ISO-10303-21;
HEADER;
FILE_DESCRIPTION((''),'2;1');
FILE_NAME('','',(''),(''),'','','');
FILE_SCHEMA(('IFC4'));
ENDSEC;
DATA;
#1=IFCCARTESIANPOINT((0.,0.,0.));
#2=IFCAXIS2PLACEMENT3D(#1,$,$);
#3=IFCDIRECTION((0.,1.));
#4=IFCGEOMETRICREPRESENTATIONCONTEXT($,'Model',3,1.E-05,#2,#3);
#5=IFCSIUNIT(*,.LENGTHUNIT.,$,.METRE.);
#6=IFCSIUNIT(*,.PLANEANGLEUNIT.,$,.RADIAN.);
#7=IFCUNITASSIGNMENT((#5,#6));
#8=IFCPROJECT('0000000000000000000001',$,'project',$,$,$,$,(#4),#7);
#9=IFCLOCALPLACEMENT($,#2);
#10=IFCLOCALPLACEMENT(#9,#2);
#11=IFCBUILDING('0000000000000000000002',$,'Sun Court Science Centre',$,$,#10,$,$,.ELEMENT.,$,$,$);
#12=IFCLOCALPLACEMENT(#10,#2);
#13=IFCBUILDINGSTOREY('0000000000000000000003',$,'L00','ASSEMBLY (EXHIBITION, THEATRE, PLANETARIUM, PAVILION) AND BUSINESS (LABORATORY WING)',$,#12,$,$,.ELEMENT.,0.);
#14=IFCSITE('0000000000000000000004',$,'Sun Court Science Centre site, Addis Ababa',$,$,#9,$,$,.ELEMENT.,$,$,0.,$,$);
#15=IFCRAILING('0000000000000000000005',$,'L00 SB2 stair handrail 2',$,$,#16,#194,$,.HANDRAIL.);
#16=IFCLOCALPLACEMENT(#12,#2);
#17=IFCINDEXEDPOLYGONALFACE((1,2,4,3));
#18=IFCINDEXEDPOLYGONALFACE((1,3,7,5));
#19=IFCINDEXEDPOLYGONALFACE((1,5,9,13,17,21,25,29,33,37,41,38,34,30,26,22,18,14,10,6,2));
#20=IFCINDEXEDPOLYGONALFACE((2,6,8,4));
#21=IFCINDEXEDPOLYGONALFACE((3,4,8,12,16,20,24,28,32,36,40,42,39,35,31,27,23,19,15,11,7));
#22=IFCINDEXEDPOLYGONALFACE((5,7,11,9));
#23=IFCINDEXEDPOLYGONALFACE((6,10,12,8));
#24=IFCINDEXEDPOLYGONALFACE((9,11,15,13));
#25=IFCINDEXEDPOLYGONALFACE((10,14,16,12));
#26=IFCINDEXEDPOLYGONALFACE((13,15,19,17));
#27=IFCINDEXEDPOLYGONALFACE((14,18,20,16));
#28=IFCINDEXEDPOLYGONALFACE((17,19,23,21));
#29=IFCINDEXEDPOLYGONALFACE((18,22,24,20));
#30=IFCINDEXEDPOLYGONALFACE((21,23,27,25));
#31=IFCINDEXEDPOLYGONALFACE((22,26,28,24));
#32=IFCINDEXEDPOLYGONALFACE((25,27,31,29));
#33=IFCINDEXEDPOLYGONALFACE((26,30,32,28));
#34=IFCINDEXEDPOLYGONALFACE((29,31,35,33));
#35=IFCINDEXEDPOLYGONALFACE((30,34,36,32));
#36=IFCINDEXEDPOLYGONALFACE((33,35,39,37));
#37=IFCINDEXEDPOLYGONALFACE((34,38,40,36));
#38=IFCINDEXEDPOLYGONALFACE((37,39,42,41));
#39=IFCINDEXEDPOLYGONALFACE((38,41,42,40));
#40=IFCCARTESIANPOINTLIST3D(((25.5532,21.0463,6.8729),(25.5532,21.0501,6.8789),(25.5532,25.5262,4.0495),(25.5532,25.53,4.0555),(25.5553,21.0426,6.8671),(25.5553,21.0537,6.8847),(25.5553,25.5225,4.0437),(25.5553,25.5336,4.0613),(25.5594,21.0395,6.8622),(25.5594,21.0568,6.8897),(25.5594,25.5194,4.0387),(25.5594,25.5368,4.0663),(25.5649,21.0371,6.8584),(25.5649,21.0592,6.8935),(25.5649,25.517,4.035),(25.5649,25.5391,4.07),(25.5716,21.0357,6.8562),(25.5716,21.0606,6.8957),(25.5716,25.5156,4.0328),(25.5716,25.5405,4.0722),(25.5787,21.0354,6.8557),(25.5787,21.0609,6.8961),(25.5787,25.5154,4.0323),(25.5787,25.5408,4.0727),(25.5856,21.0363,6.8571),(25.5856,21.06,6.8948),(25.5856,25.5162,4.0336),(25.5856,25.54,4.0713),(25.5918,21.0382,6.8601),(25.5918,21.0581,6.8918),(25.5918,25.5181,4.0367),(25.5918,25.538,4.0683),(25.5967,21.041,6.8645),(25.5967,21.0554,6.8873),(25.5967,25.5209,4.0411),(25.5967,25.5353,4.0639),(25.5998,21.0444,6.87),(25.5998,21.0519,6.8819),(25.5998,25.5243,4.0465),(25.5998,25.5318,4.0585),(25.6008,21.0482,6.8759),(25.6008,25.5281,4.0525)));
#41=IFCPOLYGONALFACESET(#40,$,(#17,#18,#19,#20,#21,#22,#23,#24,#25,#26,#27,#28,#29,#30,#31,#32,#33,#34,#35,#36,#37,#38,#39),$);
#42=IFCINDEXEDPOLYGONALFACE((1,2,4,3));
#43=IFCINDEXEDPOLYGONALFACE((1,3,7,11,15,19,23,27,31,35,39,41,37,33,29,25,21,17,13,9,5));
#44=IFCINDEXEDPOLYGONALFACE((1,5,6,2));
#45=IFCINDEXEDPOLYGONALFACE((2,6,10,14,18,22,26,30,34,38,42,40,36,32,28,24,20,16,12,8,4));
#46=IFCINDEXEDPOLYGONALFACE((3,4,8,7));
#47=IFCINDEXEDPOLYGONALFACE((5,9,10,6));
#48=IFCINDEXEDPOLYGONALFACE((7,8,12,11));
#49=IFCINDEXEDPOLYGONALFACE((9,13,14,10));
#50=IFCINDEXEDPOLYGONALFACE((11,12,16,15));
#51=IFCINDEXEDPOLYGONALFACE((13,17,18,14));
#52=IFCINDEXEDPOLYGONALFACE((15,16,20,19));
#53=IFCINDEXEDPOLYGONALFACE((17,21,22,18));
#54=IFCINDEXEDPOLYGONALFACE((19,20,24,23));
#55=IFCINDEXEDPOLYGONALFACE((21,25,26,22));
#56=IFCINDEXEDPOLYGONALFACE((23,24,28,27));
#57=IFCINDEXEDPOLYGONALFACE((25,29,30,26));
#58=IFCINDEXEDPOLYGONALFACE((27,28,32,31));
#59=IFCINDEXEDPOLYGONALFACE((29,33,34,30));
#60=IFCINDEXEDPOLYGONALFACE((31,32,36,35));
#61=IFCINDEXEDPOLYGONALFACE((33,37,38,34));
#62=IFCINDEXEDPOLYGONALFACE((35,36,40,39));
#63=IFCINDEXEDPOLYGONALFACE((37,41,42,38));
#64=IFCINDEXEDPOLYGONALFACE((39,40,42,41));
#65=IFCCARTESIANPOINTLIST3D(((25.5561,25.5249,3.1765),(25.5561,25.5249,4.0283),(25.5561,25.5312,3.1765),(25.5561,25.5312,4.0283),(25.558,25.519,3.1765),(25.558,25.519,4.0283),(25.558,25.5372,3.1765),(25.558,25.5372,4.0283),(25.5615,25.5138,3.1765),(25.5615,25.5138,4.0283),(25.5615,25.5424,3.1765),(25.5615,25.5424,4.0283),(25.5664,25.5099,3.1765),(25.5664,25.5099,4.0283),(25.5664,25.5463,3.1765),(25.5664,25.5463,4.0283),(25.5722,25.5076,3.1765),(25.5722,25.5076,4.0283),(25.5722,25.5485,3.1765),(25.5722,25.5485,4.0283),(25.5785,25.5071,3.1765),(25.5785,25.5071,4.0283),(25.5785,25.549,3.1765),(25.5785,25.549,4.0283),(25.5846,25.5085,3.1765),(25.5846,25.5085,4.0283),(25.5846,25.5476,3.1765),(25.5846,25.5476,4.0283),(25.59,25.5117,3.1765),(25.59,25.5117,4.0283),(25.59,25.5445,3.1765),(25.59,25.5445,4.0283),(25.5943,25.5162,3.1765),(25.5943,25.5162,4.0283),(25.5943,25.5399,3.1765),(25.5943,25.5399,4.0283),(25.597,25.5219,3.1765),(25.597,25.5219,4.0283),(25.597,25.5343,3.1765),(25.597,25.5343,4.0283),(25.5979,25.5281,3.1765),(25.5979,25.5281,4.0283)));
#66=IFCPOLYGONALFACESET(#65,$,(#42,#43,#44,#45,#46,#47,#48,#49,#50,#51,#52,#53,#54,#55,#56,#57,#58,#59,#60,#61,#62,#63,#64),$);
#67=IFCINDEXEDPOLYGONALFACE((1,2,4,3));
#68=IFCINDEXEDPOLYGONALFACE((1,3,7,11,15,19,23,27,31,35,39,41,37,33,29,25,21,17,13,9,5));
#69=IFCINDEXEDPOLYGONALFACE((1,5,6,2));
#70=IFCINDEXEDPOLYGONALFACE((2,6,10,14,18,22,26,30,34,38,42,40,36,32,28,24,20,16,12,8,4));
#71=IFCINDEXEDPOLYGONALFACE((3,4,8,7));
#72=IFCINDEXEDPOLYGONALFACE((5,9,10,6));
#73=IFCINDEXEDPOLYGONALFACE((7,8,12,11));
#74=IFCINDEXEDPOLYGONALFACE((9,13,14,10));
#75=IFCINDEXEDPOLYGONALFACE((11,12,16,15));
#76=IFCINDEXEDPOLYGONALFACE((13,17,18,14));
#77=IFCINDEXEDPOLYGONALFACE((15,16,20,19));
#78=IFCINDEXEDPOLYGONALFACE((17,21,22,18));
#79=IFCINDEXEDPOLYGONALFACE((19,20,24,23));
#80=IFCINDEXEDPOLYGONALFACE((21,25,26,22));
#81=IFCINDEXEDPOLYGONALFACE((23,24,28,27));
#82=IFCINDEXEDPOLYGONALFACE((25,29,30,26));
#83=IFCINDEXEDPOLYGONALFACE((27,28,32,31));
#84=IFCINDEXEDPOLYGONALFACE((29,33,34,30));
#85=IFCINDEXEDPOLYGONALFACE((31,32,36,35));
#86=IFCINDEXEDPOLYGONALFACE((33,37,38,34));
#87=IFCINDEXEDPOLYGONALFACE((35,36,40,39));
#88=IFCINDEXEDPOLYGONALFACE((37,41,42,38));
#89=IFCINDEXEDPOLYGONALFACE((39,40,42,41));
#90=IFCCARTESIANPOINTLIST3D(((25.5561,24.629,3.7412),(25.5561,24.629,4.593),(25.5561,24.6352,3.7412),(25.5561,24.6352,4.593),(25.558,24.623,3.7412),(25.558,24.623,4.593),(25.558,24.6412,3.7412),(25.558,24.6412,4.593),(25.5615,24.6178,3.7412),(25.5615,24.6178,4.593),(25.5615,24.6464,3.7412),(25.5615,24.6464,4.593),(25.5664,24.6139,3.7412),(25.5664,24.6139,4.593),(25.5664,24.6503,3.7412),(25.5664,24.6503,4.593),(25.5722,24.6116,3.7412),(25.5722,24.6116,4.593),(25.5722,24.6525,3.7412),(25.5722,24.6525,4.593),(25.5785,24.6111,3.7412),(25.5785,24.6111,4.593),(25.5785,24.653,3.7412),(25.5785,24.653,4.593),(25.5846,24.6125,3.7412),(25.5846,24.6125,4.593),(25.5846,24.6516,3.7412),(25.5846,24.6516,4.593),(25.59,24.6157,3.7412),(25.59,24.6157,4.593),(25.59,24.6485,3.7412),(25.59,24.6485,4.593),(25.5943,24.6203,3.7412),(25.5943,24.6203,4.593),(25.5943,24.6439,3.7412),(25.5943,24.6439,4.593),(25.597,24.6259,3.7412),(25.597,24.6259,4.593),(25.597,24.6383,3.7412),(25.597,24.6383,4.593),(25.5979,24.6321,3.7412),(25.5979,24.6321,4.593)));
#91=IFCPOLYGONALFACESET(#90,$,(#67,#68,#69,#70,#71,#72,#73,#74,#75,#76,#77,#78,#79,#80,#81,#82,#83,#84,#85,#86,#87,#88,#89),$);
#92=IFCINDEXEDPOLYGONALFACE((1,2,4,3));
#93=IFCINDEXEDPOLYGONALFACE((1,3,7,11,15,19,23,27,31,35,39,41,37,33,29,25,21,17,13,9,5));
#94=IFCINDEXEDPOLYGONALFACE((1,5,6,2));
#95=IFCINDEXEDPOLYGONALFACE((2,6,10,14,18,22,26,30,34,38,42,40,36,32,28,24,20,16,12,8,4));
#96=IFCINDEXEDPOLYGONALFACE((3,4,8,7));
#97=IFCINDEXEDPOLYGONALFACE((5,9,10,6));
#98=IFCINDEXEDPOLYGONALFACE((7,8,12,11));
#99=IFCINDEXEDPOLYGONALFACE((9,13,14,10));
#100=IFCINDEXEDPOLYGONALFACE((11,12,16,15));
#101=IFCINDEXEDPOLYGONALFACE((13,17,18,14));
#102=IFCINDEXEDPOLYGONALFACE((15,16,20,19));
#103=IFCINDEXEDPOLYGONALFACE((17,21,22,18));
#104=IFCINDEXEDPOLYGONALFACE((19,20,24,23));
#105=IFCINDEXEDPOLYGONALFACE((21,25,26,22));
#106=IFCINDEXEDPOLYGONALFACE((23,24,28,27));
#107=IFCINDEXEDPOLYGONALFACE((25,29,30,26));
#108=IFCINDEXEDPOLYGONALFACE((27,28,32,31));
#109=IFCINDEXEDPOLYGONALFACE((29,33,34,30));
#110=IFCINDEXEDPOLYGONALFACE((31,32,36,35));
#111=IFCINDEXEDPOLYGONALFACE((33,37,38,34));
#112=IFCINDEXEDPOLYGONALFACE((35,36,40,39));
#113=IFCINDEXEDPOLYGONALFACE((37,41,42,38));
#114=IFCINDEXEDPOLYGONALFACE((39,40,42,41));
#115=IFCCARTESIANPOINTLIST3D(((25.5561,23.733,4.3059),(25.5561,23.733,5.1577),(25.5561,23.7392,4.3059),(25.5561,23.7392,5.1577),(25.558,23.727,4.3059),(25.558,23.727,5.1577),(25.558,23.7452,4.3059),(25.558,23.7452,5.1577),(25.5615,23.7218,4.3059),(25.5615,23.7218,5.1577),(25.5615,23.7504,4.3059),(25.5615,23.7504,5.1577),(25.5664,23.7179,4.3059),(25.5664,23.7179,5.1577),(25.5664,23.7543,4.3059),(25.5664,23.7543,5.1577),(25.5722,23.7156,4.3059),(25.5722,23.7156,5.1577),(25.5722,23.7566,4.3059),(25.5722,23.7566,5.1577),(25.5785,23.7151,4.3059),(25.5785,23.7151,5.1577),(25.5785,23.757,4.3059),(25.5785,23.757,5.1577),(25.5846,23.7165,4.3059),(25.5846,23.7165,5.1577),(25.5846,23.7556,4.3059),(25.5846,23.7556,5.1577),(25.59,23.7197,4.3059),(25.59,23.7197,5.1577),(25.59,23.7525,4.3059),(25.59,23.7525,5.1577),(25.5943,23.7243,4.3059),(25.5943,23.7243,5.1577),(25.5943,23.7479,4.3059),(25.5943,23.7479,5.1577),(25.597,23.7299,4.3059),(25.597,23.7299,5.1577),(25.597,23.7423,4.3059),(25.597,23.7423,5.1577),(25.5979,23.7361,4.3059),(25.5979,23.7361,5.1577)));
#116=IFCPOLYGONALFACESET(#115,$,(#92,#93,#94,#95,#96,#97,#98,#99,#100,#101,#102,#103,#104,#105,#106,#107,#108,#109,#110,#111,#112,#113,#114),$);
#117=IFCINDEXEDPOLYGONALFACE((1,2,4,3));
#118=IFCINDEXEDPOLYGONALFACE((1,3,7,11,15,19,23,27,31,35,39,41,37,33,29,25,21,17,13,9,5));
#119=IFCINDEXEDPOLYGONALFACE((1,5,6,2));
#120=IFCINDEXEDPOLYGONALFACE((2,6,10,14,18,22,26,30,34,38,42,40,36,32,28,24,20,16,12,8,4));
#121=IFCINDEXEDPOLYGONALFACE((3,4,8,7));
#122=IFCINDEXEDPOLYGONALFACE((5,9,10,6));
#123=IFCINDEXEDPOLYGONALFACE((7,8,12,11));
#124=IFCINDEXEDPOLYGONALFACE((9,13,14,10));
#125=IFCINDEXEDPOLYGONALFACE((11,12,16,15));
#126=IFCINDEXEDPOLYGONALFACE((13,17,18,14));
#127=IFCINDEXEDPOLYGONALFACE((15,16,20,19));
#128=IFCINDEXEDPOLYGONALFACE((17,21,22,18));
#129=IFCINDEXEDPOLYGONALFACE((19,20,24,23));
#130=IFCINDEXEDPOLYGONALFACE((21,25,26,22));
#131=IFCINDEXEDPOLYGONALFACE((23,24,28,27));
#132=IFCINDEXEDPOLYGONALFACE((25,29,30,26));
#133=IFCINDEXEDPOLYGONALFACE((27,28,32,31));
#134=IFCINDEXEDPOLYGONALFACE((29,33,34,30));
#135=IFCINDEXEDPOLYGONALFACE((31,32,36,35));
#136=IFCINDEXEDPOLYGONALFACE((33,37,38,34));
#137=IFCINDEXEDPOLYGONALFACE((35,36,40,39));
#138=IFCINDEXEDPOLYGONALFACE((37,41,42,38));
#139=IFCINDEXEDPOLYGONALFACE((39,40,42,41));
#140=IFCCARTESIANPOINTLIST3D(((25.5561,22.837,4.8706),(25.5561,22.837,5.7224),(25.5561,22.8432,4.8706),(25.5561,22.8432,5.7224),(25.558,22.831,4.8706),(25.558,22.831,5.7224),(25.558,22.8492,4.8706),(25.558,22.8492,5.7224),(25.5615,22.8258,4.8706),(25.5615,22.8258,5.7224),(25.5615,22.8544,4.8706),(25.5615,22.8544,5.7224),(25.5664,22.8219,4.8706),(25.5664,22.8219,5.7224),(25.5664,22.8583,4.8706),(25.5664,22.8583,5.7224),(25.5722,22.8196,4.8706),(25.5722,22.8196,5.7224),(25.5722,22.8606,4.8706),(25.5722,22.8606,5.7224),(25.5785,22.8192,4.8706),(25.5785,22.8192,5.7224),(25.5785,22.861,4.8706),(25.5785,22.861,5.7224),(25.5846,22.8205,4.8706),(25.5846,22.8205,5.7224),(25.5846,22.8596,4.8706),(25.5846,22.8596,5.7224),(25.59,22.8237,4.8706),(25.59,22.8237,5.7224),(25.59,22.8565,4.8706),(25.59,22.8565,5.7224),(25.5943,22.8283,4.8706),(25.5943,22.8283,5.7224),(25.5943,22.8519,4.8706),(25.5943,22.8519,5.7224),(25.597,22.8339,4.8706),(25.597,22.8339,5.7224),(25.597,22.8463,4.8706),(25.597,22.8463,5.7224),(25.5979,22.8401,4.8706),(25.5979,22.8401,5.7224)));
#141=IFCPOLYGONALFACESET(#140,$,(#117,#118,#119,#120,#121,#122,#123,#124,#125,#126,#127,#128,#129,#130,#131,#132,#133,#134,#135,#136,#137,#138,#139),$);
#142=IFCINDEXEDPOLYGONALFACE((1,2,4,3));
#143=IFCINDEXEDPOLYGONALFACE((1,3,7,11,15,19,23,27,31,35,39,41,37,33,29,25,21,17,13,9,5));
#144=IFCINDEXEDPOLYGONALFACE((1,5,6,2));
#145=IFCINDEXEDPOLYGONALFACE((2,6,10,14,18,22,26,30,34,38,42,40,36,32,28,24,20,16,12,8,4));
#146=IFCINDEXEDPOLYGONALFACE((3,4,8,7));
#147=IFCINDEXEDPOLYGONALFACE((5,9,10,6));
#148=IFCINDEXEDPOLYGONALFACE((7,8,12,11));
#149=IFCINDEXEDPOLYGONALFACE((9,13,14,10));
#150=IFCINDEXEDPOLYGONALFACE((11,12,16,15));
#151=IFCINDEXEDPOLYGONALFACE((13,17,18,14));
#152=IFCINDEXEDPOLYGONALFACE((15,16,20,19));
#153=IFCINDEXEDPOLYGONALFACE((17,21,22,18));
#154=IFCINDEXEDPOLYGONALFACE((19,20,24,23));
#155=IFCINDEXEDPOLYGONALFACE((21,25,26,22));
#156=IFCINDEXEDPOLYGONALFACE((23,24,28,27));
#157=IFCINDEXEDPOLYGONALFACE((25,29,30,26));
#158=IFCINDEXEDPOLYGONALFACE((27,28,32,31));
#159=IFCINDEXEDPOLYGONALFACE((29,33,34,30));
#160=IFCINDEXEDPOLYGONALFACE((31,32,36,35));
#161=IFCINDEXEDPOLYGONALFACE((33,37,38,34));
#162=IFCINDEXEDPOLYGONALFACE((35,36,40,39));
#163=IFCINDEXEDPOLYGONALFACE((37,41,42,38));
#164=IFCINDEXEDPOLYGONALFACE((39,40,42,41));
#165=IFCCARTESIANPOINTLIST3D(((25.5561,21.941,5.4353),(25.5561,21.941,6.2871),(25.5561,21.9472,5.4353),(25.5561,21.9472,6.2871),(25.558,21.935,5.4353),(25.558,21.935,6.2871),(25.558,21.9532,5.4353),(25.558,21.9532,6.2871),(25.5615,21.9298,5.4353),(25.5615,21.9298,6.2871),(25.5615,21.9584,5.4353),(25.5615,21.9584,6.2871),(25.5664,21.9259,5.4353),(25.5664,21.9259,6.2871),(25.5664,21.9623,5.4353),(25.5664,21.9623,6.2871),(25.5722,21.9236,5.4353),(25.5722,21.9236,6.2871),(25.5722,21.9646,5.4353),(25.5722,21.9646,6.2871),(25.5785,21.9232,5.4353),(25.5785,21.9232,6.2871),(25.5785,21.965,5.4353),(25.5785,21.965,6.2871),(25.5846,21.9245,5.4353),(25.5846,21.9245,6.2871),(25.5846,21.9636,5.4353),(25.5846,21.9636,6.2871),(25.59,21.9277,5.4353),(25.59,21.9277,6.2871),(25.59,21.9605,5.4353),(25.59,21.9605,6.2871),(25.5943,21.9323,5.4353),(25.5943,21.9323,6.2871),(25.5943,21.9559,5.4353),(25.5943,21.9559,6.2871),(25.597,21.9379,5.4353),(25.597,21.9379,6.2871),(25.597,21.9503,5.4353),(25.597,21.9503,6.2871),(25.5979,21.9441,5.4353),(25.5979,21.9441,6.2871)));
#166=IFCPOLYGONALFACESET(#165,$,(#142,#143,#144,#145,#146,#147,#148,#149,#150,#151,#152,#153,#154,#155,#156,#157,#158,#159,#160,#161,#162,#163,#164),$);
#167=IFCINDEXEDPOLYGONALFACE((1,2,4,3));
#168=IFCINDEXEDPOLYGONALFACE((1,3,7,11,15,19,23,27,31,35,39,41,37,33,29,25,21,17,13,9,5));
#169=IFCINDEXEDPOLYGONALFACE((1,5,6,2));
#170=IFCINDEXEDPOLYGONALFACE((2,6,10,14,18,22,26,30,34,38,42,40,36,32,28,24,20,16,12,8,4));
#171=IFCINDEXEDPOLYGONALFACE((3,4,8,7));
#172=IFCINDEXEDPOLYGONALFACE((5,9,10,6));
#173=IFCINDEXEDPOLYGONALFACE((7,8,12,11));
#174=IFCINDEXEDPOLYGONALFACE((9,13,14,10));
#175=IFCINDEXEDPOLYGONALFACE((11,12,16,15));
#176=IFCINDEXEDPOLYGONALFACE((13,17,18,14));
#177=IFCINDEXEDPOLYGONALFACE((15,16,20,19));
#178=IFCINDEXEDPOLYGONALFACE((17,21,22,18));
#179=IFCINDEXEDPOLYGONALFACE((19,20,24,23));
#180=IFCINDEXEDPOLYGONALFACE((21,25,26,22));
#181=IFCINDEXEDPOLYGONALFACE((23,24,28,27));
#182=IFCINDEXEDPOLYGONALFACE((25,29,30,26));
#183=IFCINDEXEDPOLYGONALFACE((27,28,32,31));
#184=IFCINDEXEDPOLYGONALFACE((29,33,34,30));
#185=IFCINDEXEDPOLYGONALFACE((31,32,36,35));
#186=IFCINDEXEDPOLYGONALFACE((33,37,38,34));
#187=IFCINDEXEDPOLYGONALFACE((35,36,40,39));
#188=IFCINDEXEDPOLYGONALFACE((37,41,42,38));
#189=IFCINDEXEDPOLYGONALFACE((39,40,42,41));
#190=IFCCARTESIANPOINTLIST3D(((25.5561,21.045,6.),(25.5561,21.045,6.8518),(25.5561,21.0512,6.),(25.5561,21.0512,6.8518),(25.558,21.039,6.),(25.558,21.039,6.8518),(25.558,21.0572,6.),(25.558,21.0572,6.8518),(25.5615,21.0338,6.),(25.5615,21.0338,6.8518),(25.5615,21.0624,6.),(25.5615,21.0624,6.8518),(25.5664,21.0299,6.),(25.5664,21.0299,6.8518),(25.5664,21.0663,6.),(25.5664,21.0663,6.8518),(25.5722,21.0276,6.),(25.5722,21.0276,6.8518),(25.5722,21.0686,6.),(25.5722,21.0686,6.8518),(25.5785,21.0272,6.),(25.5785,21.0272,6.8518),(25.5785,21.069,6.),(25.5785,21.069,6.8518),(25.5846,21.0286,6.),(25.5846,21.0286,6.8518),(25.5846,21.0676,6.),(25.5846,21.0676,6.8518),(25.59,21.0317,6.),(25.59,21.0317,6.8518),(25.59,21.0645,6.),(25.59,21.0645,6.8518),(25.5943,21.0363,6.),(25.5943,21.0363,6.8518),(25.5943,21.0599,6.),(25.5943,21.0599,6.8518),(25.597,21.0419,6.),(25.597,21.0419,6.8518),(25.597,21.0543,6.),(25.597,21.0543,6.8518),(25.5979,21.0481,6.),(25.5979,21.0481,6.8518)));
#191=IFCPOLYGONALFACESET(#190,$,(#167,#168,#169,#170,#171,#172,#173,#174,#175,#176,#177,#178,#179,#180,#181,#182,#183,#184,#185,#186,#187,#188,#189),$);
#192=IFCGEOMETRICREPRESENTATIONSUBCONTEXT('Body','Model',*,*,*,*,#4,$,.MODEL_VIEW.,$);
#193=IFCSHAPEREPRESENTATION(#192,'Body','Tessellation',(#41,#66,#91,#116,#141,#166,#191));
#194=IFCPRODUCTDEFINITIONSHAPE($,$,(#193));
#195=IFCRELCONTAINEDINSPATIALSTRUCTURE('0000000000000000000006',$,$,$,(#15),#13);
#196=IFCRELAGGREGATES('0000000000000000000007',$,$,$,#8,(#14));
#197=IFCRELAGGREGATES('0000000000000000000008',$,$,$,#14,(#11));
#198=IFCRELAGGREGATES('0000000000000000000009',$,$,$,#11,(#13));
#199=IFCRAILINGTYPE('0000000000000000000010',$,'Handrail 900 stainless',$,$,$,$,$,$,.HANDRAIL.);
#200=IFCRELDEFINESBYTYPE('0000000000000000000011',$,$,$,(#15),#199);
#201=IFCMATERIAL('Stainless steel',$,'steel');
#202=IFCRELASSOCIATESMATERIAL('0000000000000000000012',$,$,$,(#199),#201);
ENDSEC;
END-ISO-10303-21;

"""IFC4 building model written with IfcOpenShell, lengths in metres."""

from ifc_helpers import new_model, si_unit, direction, frame, origin, origin_2d, place, context, subcontext, project, spatial, circle, extrude, material, type_object, element, save


model = new_model("IFC4")

# Units and contexts
model_context = context("Model", 3, precision=1e-05, world=origin(), true_north=direction((0.0, 1.0)))
body_context = subcontext(model_context, "Body", "Model", "MODEL_VIEW")
ifc_project = project(units=[si_unit("LENGTHUNIT", "METRE"), si_unit("PLANEANGLEUNIT", "RADIAN")], contexts=[model_context])

# Site, building, storey
site_placement = place(None, origin())
site = spatial("IfcSite", under=ifc_project, at=site_placement, Name="Sun Court Science Centre site, Addis Ababa", CompositionType="ELEMENT", RefElevation=0.0)
building_placement = place(site_placement, origin())
building = spatial("IfcBuilding", under=site, at=building_placement, Name="Sun Court Science Centre", CompositionType="ELEMENT")
storey_placement = place(building_placement, origin())
storey = spatial("IfcBuildingStorey", under=building, at=storey_placement, Name="L00", Description="ASSEMBLY (EXHIBITION, THEATRE, PLANETARIUM, PAVILION) AND BUSINESS (LABORATORY WING)", CompositionType="ELEMENT", Elevation=0.0)

# Railing
ifc_material_1 = material(Name="Stainless steel", Category="steel")
railing_type_1 = type_object("IfcRailingType", Name="Handrail 900 stainless", PredefinedType="HANDRAIL", material=ifc_material_1)
railing_1_placement = place(storey_placement, frame((25.5769, 25.5281, 3.1765)))
element("IfcRailing", 1, at=railing_1_placement, inside=storey, type_object=railing_type_1, Name="L00 SB2 stair handrail 2", PredefinedType="HANDRAIL", context=body_context, shape_type="SweptSolid", body=[
    extrude(circle(Radius=0.0239, at=origin_2d()), frame((0.0, 0.0, 0.876), z_axis=(0.0, -0.845998, 0.533186), x_axis=(1.0, 0.0, 0.0)), (0.0, 0.0, 1.0), 5.2954),
    extrude(circle(Radius=0.021, at=origin_2d()), origin(), (0.0, 0.0, 1.0), 0.8518),
    extrude(circle(Radius=0.021, at=origin_2d()), frame((0.0, -0.896, 0.5647)), (0.0, 0.0, 1.0), 0.8518),
    extrude(circle(Radius=0.021, at=origin_2d()), frame((0.0, -1.792, 1.1294)), (0.0, 0.0, 1.0), 0.8518),
    extrude(circle(Radius=0.021, at=origin_2d()), frame((0.0, -2.688, 1.6941)), (0.0, 0.0, 1.0), 0.8518),
    extrude(circle(Radius=0.021, at=origin_2d()), frame((0.0, -3.584, 2.2588)), (0.0, 0.0, 1.0), 0.8518),
    extrude(circle(Radius=0.021, at=origin_2d()), frame((0.0, -4.48, 2.8235)), (0.0, 0.0, 1.0), 0.8518),
])

save(model, "model.ifc")
